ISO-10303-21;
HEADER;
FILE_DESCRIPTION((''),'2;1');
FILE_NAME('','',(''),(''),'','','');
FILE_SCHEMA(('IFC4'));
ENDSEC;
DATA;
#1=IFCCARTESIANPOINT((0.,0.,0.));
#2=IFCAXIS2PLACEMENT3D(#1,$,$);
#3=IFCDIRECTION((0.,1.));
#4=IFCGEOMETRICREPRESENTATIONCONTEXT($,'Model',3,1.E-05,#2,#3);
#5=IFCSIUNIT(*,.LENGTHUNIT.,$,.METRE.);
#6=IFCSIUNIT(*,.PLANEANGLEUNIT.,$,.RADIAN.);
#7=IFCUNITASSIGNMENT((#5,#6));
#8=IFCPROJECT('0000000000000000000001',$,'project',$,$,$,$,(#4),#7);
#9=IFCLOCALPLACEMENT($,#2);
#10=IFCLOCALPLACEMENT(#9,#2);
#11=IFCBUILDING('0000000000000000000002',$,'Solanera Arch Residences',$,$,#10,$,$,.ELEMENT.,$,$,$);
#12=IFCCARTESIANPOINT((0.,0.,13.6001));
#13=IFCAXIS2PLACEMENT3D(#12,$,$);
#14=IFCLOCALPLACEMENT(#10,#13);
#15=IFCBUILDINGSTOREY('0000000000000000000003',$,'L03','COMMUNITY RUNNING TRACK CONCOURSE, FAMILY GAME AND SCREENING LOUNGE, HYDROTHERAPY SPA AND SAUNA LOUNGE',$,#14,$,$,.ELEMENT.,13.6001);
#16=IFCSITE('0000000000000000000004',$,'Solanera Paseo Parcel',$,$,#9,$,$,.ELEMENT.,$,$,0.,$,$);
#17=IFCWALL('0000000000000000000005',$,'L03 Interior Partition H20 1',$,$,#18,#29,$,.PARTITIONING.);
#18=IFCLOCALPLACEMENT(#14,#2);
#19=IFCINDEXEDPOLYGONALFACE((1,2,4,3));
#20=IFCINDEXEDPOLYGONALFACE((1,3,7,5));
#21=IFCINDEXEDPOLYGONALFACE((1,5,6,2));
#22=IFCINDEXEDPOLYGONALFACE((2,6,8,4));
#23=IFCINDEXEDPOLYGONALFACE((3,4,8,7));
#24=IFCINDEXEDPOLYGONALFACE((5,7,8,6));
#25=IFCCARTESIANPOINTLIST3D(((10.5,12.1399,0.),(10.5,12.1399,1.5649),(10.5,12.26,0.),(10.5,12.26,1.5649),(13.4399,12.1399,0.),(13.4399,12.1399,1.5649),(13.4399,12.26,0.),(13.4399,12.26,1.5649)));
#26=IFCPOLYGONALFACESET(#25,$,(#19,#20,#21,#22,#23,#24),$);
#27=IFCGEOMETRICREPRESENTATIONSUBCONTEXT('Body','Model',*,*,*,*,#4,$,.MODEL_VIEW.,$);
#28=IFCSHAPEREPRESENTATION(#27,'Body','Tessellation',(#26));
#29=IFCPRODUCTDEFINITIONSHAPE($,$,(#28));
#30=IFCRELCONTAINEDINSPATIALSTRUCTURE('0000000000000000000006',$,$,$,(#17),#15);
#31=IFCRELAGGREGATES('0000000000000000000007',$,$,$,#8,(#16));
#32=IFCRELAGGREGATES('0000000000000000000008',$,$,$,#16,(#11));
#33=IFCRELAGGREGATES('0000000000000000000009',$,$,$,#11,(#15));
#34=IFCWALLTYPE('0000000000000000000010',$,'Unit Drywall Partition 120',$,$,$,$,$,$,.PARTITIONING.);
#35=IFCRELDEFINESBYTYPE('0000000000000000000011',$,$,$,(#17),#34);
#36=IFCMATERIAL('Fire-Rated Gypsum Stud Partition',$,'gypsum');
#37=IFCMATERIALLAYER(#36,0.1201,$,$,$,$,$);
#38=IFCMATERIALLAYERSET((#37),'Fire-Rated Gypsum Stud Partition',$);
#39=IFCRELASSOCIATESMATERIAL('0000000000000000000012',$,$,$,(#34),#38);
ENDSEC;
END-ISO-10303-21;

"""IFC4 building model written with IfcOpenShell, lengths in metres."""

from ifc_helpers import new_model, si_unit, direction, frame, frame_2d, origin, place, context, subcontext, project, spatial, rectangle, extrude, material, layer, layer_set, type_object, element, save


model = new_model("IFC4")

# Units and contexts
model_context = context("Model", 3, precision=1e-05, world=origin(), true_north=direction((0.0, 1.0)))
body_context = subcontext(model_context, "Body", "Model", "MODEL_VIEW")
ifc_project = project(units=[si_unit("LENGTHUNIT", "METRE"), si_unit("PLANEANGLEUNIT", "RADIAN")], contexts=[model_context])

# Site, building, storey
site_placement = place(None, origin())
site = spatial("IfcSite", under=ifc_project, at=site_placement, Name="Solanera Paseo Parcel", CompositionType="ELEMENT", RefElevation=0.0)
building_placement = place(site_placement, origin())
building = spatial("IfcBuilding", under=site, at=building_placement, Name="Solanera Arch Residences", CompositionType="ELEMENT")
storey_placement = place(building_placement, frame((0.0, 0.0, 13.6001)))
storey = spatial("IfcBuildingStorey", under=building, at=storey_placement, Name="L03", Description="COMMUNITY RUNNING TRACK CONCOURSE, FAMILY GAME AND SCREENING LOUNGE, HYDROTHERAPY SPA AND SAUNA LOUNGE", CompositionType="ELEMENT", Elevation=13.6001)

# Wall
ifc_material_1 = material(Name="Fire-Rated Gypsum Stud Partition", Category="gypsum")
ifc_layer_1 = layer(ifc_material_1, 0.1201)
ifc_layer_set_1 = layer_set([ifc_layer_1], Name="Fire-Rated Gypsum Stud Partition")
wall_type_1 = type_object("IfcWallType", Name="Unit Drywall Partition 120", PredefinedType="PARTITIONING", material=ifc_layer_set_1)
wall_1_placement = place(storey_placement, frame((10.5, 12.2, 0.0), z_axis=(0.0, 0.0, 1.0), x_axis=(1.0, 0.0, 0.0)))
element("IfcWall", 1, at=wall_1_placement, inside=storey, type_object=wall_type_1, Name="L03 Interior Partition H20 1", PredefinedType="PARTITIONING", context=body_context, shape_type="SweptSolid", body=[
    extrude(rectangle(XDim=2.9399, YDim=0.1201, at=frame_2d((1.47, 0.0))), origin(), (0.0, 0.0, 1.0), 1.5649),
])

save(model, "model.ifc")
